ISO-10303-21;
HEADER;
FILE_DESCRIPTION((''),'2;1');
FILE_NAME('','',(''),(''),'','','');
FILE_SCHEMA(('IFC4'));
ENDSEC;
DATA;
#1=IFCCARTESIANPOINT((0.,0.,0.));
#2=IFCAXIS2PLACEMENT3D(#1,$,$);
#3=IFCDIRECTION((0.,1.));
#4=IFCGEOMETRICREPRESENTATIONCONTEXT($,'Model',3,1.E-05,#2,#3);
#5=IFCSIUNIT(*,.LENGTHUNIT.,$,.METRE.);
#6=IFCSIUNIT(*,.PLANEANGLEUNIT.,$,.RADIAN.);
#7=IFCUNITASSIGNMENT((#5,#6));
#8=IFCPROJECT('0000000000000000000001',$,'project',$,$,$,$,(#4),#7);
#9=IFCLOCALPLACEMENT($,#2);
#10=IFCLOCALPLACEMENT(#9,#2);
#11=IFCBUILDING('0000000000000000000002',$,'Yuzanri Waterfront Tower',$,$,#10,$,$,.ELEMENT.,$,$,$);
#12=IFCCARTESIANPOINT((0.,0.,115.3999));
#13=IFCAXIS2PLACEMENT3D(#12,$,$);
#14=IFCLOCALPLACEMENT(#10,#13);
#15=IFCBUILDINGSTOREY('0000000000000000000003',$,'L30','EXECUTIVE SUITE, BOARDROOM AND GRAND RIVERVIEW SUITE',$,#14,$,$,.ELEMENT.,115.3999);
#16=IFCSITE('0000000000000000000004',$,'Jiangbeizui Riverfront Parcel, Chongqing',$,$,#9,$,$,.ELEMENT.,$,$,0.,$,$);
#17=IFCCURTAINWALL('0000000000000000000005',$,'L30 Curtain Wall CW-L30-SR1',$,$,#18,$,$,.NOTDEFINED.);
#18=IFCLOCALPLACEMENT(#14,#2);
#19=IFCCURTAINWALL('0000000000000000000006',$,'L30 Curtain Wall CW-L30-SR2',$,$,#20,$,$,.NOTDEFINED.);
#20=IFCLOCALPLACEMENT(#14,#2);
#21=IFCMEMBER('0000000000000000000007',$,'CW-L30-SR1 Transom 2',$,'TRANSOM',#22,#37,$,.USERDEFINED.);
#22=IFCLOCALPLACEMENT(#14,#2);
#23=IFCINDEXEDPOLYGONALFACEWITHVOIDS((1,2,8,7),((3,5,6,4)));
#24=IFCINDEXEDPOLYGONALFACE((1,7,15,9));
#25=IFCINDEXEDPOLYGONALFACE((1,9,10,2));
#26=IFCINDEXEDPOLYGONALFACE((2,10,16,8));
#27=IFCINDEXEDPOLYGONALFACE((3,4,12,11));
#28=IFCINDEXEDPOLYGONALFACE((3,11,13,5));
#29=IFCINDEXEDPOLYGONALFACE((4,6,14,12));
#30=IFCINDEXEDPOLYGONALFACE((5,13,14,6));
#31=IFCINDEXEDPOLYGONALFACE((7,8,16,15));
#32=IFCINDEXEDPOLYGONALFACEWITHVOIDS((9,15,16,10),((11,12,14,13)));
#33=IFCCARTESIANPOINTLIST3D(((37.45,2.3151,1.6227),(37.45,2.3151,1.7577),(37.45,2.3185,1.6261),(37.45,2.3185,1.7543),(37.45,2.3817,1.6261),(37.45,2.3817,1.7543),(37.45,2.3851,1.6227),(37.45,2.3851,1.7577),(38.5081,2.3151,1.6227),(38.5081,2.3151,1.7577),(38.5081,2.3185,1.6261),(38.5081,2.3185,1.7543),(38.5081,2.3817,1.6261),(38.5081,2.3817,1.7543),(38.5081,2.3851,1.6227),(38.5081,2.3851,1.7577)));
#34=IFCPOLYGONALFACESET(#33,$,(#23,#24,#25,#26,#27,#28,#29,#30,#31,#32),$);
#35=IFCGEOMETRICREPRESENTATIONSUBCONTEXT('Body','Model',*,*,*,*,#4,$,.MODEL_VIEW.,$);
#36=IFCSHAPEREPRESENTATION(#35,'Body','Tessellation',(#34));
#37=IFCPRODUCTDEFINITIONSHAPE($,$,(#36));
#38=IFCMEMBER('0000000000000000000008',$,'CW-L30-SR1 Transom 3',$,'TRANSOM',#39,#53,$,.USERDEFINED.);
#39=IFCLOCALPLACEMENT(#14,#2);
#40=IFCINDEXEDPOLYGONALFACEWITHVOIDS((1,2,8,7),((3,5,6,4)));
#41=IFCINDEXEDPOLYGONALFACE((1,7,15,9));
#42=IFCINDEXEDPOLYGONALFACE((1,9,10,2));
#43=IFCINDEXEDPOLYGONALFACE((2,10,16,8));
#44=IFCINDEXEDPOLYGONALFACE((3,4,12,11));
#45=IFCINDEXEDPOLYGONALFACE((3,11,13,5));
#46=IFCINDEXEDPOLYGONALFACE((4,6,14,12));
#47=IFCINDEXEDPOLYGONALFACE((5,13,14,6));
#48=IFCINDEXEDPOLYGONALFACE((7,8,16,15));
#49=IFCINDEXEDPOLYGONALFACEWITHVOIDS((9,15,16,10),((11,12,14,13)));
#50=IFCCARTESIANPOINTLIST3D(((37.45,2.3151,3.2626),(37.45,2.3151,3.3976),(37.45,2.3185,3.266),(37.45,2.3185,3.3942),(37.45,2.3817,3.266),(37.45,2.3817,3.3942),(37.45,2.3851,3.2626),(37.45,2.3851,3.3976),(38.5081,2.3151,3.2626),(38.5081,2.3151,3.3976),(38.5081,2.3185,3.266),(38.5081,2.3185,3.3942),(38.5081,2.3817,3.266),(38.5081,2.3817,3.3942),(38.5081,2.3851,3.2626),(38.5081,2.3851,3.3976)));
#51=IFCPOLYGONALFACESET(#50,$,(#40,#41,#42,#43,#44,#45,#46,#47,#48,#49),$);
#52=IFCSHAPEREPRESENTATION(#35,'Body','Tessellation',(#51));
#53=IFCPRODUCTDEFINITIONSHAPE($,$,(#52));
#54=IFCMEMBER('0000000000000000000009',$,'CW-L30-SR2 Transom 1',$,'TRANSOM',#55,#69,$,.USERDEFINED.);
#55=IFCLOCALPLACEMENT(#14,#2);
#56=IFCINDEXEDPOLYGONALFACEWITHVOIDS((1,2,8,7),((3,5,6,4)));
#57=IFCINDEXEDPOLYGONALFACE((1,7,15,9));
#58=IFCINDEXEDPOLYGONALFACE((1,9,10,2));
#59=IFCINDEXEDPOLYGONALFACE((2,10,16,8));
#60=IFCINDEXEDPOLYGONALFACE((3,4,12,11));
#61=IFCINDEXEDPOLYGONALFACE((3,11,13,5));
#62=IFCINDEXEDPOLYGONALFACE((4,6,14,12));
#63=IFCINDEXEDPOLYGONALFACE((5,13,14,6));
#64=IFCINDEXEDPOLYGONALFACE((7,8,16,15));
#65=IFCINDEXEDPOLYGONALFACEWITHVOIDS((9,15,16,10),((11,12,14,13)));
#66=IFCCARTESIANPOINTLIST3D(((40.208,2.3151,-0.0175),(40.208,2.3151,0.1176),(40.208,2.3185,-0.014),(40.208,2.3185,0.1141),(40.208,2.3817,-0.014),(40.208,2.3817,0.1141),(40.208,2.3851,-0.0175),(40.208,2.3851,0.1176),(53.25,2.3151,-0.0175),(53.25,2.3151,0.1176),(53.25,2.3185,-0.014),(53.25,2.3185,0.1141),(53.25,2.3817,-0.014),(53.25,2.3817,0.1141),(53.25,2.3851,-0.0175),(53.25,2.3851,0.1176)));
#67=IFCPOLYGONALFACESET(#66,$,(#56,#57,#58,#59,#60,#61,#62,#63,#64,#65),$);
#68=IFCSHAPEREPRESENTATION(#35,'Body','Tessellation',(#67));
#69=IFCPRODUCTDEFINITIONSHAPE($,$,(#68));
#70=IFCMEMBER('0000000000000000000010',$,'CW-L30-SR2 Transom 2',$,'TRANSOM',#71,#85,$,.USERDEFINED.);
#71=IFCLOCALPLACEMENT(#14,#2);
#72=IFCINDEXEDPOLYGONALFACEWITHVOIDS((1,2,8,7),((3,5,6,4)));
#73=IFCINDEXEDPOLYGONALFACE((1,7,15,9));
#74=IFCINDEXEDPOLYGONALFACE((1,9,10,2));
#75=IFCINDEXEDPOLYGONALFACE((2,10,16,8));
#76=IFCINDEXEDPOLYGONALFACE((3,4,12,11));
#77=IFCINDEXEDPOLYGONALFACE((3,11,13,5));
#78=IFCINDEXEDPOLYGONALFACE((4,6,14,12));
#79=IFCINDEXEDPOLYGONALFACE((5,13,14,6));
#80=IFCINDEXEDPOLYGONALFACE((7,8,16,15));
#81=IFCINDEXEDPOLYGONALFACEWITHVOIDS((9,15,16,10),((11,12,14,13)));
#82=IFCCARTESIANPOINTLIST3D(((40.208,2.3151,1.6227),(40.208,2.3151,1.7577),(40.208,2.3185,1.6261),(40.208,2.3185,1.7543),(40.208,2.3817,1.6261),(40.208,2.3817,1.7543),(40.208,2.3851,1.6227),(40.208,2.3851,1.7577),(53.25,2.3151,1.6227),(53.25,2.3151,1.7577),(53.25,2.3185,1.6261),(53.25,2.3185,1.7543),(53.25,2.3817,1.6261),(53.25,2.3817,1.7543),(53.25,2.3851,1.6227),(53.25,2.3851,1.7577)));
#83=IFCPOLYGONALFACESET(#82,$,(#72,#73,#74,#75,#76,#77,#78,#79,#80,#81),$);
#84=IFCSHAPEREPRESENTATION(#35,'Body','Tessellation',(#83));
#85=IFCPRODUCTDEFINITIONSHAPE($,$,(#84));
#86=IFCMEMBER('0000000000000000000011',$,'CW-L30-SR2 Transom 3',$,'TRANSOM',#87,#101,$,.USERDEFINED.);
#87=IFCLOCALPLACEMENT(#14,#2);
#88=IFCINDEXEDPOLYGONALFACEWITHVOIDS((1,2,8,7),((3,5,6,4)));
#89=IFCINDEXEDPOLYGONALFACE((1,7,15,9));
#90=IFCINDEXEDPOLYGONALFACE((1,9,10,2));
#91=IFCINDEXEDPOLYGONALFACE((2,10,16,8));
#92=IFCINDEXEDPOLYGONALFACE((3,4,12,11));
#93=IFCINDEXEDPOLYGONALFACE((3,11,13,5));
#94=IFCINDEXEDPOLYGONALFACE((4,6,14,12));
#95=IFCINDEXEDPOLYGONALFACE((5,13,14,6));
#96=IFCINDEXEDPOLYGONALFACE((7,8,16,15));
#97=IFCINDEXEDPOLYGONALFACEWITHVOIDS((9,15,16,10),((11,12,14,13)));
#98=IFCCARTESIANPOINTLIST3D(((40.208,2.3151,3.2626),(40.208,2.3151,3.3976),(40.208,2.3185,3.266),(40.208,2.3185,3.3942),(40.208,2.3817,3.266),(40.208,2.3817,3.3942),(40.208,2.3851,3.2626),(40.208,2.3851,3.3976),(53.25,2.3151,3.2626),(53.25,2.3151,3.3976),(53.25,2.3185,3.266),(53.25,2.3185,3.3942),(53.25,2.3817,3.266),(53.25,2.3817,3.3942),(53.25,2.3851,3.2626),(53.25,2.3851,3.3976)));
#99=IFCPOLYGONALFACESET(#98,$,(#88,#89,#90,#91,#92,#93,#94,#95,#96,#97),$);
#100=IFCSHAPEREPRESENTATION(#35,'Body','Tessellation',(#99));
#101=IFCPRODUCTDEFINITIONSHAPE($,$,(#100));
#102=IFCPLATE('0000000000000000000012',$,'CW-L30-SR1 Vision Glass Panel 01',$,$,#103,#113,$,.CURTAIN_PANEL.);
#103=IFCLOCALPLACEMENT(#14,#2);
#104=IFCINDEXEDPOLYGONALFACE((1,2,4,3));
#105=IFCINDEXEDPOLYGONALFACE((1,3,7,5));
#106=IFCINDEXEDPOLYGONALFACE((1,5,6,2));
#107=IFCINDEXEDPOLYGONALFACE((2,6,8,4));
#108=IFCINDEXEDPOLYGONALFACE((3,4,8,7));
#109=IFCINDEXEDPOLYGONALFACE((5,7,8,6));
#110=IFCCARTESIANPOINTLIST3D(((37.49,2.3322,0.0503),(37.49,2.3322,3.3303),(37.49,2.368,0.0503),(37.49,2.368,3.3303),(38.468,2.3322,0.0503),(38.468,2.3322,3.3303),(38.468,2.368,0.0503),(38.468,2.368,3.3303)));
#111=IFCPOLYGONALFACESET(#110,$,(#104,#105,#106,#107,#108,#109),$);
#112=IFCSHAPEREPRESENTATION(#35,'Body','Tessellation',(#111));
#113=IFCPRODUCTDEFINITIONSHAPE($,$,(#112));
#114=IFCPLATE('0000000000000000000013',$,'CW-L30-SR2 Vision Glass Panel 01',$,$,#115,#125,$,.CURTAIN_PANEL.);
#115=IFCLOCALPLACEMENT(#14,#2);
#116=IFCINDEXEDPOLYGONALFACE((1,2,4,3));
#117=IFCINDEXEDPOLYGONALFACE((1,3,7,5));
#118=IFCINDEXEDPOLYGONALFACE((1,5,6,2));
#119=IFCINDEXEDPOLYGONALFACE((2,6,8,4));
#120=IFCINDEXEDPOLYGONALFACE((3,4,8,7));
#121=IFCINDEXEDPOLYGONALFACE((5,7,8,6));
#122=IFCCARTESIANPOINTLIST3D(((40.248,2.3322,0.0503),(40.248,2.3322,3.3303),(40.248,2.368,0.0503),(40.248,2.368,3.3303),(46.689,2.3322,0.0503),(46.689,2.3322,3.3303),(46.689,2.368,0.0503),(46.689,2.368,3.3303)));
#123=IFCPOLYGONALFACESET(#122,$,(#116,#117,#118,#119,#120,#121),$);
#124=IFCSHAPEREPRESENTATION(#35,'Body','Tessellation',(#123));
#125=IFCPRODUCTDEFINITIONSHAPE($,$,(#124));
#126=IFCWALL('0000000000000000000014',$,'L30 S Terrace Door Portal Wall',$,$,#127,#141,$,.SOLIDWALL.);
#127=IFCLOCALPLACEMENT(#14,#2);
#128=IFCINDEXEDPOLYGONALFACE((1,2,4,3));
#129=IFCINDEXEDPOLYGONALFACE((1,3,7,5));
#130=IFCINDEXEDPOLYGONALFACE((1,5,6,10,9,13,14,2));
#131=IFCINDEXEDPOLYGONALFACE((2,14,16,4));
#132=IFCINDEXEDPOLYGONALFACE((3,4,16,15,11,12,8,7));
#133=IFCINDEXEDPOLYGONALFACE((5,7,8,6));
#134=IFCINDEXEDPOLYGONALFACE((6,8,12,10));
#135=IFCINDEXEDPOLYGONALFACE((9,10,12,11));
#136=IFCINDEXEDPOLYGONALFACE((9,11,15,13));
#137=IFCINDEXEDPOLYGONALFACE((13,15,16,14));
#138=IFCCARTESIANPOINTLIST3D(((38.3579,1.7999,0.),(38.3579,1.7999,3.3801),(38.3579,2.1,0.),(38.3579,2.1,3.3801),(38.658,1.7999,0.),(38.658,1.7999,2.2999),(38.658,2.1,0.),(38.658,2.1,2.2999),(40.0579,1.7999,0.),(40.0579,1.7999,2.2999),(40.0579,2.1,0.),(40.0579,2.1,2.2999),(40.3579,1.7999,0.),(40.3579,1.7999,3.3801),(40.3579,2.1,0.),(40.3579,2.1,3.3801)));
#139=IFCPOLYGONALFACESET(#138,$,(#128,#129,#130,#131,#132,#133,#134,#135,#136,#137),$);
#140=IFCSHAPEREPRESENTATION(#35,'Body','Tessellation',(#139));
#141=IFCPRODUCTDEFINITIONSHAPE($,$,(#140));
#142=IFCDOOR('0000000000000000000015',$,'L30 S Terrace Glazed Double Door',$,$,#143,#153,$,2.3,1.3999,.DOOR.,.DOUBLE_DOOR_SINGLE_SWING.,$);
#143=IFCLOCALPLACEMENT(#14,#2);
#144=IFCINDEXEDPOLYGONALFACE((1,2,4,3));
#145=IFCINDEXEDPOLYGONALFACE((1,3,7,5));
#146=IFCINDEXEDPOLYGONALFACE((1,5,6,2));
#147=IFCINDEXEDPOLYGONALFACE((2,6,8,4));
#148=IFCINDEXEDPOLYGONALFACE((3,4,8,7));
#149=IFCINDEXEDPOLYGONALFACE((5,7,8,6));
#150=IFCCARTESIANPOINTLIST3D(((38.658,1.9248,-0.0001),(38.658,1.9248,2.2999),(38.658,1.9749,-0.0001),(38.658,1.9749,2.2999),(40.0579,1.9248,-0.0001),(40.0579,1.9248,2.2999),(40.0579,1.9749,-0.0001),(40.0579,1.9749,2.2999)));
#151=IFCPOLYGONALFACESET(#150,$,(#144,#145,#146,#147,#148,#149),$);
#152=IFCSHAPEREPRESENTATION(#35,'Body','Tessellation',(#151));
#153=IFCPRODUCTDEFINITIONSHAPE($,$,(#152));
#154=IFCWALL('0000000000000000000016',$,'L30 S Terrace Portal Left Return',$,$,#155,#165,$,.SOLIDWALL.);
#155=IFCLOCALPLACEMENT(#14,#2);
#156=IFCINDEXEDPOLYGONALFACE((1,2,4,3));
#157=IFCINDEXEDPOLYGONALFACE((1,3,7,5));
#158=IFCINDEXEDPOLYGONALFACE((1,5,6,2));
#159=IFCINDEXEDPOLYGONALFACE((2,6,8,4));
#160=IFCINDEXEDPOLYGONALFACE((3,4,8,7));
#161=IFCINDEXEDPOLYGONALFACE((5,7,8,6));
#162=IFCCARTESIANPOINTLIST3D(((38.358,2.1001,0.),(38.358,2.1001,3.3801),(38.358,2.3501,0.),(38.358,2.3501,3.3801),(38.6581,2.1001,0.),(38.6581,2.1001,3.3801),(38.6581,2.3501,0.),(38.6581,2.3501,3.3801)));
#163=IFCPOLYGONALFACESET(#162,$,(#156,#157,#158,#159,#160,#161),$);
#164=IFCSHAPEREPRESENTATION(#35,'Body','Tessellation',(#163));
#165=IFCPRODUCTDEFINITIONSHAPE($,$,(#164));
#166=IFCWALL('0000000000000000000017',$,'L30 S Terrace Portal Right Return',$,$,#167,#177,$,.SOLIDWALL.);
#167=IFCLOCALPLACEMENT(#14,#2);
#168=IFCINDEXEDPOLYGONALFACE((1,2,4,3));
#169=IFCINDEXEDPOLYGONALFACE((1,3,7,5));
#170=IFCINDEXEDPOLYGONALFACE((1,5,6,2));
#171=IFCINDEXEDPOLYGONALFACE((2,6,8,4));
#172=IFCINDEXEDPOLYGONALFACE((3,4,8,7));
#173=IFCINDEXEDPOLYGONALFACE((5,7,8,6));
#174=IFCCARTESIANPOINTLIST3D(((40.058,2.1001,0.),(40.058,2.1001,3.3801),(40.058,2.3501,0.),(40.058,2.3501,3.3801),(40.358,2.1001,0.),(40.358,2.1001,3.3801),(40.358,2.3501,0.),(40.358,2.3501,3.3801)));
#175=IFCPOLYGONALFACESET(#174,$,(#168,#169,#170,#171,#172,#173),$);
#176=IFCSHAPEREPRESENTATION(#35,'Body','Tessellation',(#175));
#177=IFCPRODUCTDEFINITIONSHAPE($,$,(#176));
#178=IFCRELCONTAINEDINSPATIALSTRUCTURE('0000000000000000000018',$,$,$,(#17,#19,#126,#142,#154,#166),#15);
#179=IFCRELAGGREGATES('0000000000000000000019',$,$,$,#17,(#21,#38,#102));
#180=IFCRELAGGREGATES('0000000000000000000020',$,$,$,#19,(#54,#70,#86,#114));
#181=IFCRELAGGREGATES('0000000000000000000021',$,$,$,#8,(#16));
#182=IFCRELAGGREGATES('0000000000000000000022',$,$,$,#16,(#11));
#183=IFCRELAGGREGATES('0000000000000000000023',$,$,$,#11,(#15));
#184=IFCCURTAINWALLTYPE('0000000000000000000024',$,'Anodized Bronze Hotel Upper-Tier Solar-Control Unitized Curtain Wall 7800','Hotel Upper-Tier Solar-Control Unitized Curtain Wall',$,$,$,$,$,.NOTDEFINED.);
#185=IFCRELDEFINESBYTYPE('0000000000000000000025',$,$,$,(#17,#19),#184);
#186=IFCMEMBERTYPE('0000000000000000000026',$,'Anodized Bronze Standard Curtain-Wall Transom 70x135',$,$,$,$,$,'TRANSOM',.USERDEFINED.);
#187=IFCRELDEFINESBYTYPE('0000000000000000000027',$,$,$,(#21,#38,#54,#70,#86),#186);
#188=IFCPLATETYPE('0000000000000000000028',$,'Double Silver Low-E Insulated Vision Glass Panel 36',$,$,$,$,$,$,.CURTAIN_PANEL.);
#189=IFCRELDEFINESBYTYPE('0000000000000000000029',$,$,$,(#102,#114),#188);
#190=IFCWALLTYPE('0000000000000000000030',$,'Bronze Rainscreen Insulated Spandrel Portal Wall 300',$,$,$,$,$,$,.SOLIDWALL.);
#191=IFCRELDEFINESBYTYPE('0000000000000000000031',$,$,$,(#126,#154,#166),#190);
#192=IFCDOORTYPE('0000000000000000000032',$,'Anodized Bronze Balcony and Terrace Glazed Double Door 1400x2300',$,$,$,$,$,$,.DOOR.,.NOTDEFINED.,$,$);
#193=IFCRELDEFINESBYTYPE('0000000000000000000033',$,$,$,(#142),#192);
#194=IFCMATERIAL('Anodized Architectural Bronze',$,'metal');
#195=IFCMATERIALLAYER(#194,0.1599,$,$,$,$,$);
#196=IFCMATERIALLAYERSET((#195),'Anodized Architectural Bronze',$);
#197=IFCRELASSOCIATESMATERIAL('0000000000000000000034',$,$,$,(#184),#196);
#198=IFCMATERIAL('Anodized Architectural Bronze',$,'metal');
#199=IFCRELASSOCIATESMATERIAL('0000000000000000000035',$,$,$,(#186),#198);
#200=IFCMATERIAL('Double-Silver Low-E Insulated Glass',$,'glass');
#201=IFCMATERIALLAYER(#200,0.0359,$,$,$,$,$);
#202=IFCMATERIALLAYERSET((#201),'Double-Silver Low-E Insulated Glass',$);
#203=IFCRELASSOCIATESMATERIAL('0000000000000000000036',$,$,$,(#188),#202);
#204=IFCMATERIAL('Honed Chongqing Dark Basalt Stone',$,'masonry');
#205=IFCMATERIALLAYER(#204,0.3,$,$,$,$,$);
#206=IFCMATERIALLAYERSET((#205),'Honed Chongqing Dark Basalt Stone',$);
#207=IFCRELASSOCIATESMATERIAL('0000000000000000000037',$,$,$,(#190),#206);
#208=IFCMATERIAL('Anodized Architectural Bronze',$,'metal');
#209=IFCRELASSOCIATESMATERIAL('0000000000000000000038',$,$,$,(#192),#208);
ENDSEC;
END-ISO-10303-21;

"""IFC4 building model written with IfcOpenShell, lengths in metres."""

from ifc_helpers import new_model, si_unit, direction, frame, frame_2d, origin, origin_2d, place, context, subcontext, project, spatial, rectangle, hollow_rectangle, extrude, source, transform, mapped, material, layer, layer_set, material_profile, profile_set, type_object, element, fill, aggregate, save


model = new_model("IFC4")

# Units and contexts
model_context = context("Model", 3, precision=1e-05, world=origin(), true_north=direction((0.0, 1.0)))
body_context = subcontext(model_context, "Body", "Model", "MODEL_VIEW")
ifc_project = project(units=[si_unit("LENGTHUNIT", "METRE"), si_unit("PLANEANGLEUNIT", "RADIAN")], contexts=[model_context])

# Site, building, storey
site_placement = place(None, origin())
site = spatial("IfcSite", under=ifc_project, at=site_placement, Name="Jiangbeizui Riverfront Parcel, Chongqing", CompositionType="ELEMENT", RefElevation=0.0)
building_placement = place(site_placement, origin())
building = spatial("IfcBuilding", under=site, at=building_placement, Name="Yuzanri Waterfront Tower", CompositionType="ELEMENT")
storey_placement = place(building_placement, frame((0.0, 0.0, 115.3999)))
storey = spatial("IfcBuildingStorey", under=building, at=storey_placement, Name="L30", Description="EXECUTIVE SUITE, BOARDROOM AND GRAND RIVERVIEW SUITE", CompositionType="ELEMENT", Elevation=115.3999)

# Shared definitions
ifc_material_1 = material(Name="Anodized Architectural Bronze", Category="metal")
ifc_layer_1 = layer(ifc_material_1, 0.1599)
ifc_layer_set_1 = layer_set([ifc_layer_1], Name="Anodized Architectural Bronze")
curtain_wall_type = type_object("IfcCurtainWallType", Name="Anodized Bronze Hotel Upper-Tier Solar-Control Unitized Curtain Wall 7800", Description="Hotel Upper-Tier Solar-Control Unitized Curtain Wall", PredefinedType="NOTDEFINED", material=ifc_layer_set_1)

# Curtain walls
curtain_wall_1_placement = place(storey_placement, origin())
curtain_wall_1 = element("IfcCurtainWall", 1, at=curtain_wall_1_placement, inside=storey, type_object=curtain_wall_type, Name="L30 Curtain Wall CW-L30-SR1", PredefinedType="NOTDEFINED")
curtain_wall_2_placement = place(storey_placement, origin())
curtain_wall_2 = element("IfcCurtainWall", 2, at=curtain_wall_2_placement, inside=storey, type_object=curtain_wall_type, Name="L30 Curtain Wall CW-L30-SR2", PredefinedType="NOTDEFINED")

# Members
ifc_material_2 = material(Name="Anodized Architectural Bronze", Category="metal")
ifc_material_profile_1 = material_profile(ifc_material_2, hollow_rectangle(XDim=0.0701, YDim=0.135, WallThickness=0.0034, at=origin_2d()), Name="CWT 70x135")
ifc_profile_set_1 = profile_set([ifc_material_profile_1], Name="Anodized Architectural Bronze")
member_type_1 = type_object("IfcMemberType", Name="Anodized Bronze Standard Curtain-Wall Transom 70x135", ElementType="TRANSOM", PredefinedType="USERDEFINED", material=ifc_profile_set_1)
shared_shape_1 = source(origin(), body_context, "Body", "SweptSolid", [
    extrude(hollow_rectangle(XDim=0.0701, YDim=0.135, WallThickness=0.0034, at=origin_2d()), origin(), (0.0, 0.0, 1.0), 1.0581),
])
member_1_placement = place(storey_placement, frame((37.45, 2.3501, 1.6902), z_axis=(1.0, 0.0, 0.0), x_axis=(0.0, 1.0, 0.0)))
member_1 = element("IfcMember", 3, at=member_1_placement, type_object=member_type_1, Name="CW-L30-SR1 Transom 2", ObjectType="TRANSOM", PredefinedType="USERDEFINED", context=body_context, shape_type="MappedRepresentation", body=[
    mapped(shared_shape_1, transform((0.0, 0.0, 0.0), scale=1.0)),
])
member_2_placement = place(storey_placement, frame((37.45, 2.3501, 3.3301), z_axis=(1.0, 0.0, 0.0), x_axis=(0.0, 1.0, 0.0)))
member_2 = element("IfcMember", 4, at=member_2_placement, type_object=member_type_1, Name="CW-L30-SR1 Transom 3", ObjectType="TRANSOM", PredefinedType="USERDEFINED", context=body_context, shape_type="MappedRepresentation", body=[
    mapped(shared_shape_1, transform((0.0, 0.0, 0.0), scale=1.0)),
])
shared_shape_2 = source(origin(), body_context, "Body", "SweptSolid", [
    extrude(hollow_rectangle(XDim=0.0701, YDim=0.135, WallThickness=0.0034, at=origin_2d()), origin(), (0.0, 0.0, 1.0), 13.042),
])
member_3_placement = place(storey_placement, frame((40.208, 2.3501, 0.05), z_axis=(1.0, 0.0, 0.0), x_axis=(0.0, 1.0, 0.0)))
member_3 = element("IfcMember", 5, at=member_3_placement, type_object=member_type_1, Name="CW-L30-SR2 Transom 1", ObjectType="TRANSOM", PredefinedType="USERDEFINED", context=body_context, shape_type="MappedRepresentation", body=[
    mapped(shared_shape_2, transform((0.0, 0.0, 0.0), scale=1.0)),
])
member_4_placement = place(storey_placement, frame((40.208, 2.3501, 1.6902), z_axis=(1.0, 0.0, 0.0), x_axis=(0.0, 1.0, 0.0)))
member_4 = element("IfcMember", 6, at=member_4_placement, type_object=member_type_1, Name="CW-L30-SR2 Transom 2", ObjectType="TRANSOM", PredefinedType="USERDEFINED", context=body_context, shape_type="MappedRepresentation", body=[
    mapped(shared_shape_2, transform((0.0, 0.0, 0.0), scale=1.0)),
])
member_5_placement = place(storey_placement, frame((40.208, 2.3501, 3.3301), z_axis=(1.0, 0.0, 0.0), x_axis=(0.0, 1.0, 0.0)))
member_5 = element("IfcMember", 7, at=member_5_placement, type_object=member_type_1, Name="CW-L30-SR2 Transom 3", ObjectType="TRANSOM", PredefinedType="USERDEFINED", context=body_context, shape_type="MappedRepresentation", body=[
    mapped(shared_shape_2, transform((0.0, 0.0, 0.0), scale=1.0)),
])

# Plates
ifc_material_3 = material(Name="Double-Silver Low-E Insulated Glass", Category="glass")
ifc_layer_2 = layer(ifc_material_3, 0.0359)
ifc_layer_set_2 = layer_set([ifc_layer_2], Name="Double-Silver Low-E Insulated Glass")
plate_type = type_object("IfcPlateType", Name="Double Silver Low-E Insulated Vision Glass Panel 36", PredefinedType="CURTAIN_PANEL", material=ifc_layer_set_2)
shared_shape_3 = source(origin(), body_context, "Body", "SweptSolid", [
    extrude(rectangle(XDim=0.978, YDim=0.0359, at=origin_2d()), origin(), (0.0, 0.0, 1.0), 3.28),
])
plate_1_placement = place(storey_placement, frame((37.979, 2.3501, 0.0503), z_axis=(0.0, 0.0, 1.0), x_axis=(1.0, 0.0, 0.0)))
plate_1 = element("IfcPlate", 8, at=plate_1_placement, type_object=plate_type, Name="CW-L30-SR1 Vision Glass Panel 01", PredefinedType="CURTAIN_PANEL", context=body_context, shape_type="MappedRepresentation", body=[
    mapped(shared_shape_3, transform((0.0, 0.0, 0.0), scale=1.0)),
])
aggregate(curtain_wall_1, [member_1, member_2, plate_1])
shared_shape_4 = source(origin(), body_context, "Body", "SweptSolid", [
    extrude(rectangle(XDim=6.4409, YDim=0.0359, at=origin_2d()), origin(), (0.0, 0.0, 1.0), 3.28),
])
plate_2_placement = place(storey_placement, frame((43.4685, 2.3501, 0.0503), z_axis=(0.0, 0.0, 1.0), x_axis=(1.0, 0.0, 0.0)))
plate_2 = element("IfcPlate", 9, at=plate_2_placement, type_object=plate_type, Name="CW-L30-SR2 Vision Glass Panel 01", PredefinedType="CURTAIN_PANEL", context=body_context, shape_type="MappedRepresentation", body=[
    mapped(shared_shape_4, transform((0.0, 0.0, 0.0), scale=1.0)),
])
aggregate(curtain_wall_2, [member_3, member_4, member_5, plate_2])

# Wall, opening, door
ifc_material_4 = material(Name="Honed Chongqing Dark Basalt Stone", Category="masonry")
ifc_layer_3 = layer(ifc_material_4, 0.3)
ifc_layer_set_3 = layer_set([ifc_layer_3], Name="Honed Chongqing Dark Basalt Stone")
wall_type = type_object("IfcWallType", Name="Bronze Rainscreen Insulated Spandrel Portal Wall 300", PredefinedType="SOLIDWALL", material=ifc_layer_set_3)
wall_placement = place(storey_placement, frame((38.3579, 1.95, 0.0), z_axis=(0.0, 0.0, 1.0), x_axis=(1.0, 0.0, 0.0)))
wall = element("IfcWall", 10, at=wall_placement, inside=storey, type_object=wall_type, Name="L30 S Terrace Door Portal Wall", PredefinedType="SOLIDWALL", context=body_context, shape_type="SweptSolid", body=[
    extrude(rectangle(XDim=2.0, YDim=0.3, at=frame_2d((1.0, 0.0))), origin(), (0.0, 0.0, 1.0), 3.3801),
])
opening_placement = place(wall_placement, frame((0.3, 0.0, 0.0)))
opening = element("IfcOpeningElement", 11, at=opening_placement, cuts=wall, PredefinedType="OPENING", context=body_context, shape_type="SweptSolid", body=[
    extrude(rectangle(XDim=1.3999, YDim=2.3, at=frame_2d((0.7, 1.1499))), frame((0.0, 0.165, 0.0), z_axis=(0.0, -1.0, 0.0), x_axis=(1.0, 0.0, 0.0)), (0.0, 0.0, 1.0), 0.3298),
])
ifc_material_5 = material(Name="Anodized Architectural Bronze", Category="metal")
door_type = type_object("IfcDoorType", Name="Anodized Bronze Balcony and Terrace Glazed Double Door 1400x2300", OperationType="NOTDEFINED", PredefinedType="DOOR", material=ifc_material_5)
shared_shape_5 = source(origin(), body_context, "Body", "SweptSolid", [
    extrude(rectangle(XDim=1.3999, YDim=2.3, at=frame_2d((0.7, 1.1499))), frame((0.0, 0.0249, 0.0), z_axis=(0.0, -1.0, 0.0), x_axis=(1.0, 0.0, 0.0)), (0.0, 0.0, 1.0), 0.05),
])
door_placement = place(opening_placement, origin())
door = element("IfcDoor", 12, at=door_placement, inside=storey, type_object=door_type, Name="L30 S Terrace Glazed Double Door", OperationType="DOUBLE_DOOR_SINGLE_SWING", OverallHeight=2.3, OverallWidth=1.3999, PredefinedType="DOOR", context=body_context, shape_type="MappedRepresentation", body=[
    mapped(shared_shape_5, transform((0.0, 0.0, 0.0), scale=1.0)),
])
fill(opening, door)

# Walls
shared_shape_6 = source(origin(), body_context, "Body", "SweptSolid", [
    extrude(rectangle(XDim=0.25, YDim=0.3, at=frame_2d((0.125, 0.0))), origin(), (0.0, 0.0, 1.0), 3.3801),
])
for number, where, z_axis, x_axis, name in (
    (13, (38.5081, 2.3501, 0.0), (0.0, 0.0, 1.0), (0.0, -1.0, 0.0), "L30 S Terrace Portal Left Return"),
    (14, (40.208, 2.1001, 0.0), (0.0, 0.0, 1.0), (0.0, 1.0, 0.0), "L30 S Terrace Portal Right Return"),
):
    element("IfcWall", number, at=place(storey_placement, frame(where, z_axis=z_axis, x_axis=x_axis)), inside=storey, type_object=wall_type, Name=name, PredefinedType="SOLIDWALL", context=body_context, shape_type="MappedRepresentation", body=[
        mapped(shared_shape_6, transform((0.0, 0.0, 0.0), scale=1.0)),
    ])

save(model, "model.ifc")
